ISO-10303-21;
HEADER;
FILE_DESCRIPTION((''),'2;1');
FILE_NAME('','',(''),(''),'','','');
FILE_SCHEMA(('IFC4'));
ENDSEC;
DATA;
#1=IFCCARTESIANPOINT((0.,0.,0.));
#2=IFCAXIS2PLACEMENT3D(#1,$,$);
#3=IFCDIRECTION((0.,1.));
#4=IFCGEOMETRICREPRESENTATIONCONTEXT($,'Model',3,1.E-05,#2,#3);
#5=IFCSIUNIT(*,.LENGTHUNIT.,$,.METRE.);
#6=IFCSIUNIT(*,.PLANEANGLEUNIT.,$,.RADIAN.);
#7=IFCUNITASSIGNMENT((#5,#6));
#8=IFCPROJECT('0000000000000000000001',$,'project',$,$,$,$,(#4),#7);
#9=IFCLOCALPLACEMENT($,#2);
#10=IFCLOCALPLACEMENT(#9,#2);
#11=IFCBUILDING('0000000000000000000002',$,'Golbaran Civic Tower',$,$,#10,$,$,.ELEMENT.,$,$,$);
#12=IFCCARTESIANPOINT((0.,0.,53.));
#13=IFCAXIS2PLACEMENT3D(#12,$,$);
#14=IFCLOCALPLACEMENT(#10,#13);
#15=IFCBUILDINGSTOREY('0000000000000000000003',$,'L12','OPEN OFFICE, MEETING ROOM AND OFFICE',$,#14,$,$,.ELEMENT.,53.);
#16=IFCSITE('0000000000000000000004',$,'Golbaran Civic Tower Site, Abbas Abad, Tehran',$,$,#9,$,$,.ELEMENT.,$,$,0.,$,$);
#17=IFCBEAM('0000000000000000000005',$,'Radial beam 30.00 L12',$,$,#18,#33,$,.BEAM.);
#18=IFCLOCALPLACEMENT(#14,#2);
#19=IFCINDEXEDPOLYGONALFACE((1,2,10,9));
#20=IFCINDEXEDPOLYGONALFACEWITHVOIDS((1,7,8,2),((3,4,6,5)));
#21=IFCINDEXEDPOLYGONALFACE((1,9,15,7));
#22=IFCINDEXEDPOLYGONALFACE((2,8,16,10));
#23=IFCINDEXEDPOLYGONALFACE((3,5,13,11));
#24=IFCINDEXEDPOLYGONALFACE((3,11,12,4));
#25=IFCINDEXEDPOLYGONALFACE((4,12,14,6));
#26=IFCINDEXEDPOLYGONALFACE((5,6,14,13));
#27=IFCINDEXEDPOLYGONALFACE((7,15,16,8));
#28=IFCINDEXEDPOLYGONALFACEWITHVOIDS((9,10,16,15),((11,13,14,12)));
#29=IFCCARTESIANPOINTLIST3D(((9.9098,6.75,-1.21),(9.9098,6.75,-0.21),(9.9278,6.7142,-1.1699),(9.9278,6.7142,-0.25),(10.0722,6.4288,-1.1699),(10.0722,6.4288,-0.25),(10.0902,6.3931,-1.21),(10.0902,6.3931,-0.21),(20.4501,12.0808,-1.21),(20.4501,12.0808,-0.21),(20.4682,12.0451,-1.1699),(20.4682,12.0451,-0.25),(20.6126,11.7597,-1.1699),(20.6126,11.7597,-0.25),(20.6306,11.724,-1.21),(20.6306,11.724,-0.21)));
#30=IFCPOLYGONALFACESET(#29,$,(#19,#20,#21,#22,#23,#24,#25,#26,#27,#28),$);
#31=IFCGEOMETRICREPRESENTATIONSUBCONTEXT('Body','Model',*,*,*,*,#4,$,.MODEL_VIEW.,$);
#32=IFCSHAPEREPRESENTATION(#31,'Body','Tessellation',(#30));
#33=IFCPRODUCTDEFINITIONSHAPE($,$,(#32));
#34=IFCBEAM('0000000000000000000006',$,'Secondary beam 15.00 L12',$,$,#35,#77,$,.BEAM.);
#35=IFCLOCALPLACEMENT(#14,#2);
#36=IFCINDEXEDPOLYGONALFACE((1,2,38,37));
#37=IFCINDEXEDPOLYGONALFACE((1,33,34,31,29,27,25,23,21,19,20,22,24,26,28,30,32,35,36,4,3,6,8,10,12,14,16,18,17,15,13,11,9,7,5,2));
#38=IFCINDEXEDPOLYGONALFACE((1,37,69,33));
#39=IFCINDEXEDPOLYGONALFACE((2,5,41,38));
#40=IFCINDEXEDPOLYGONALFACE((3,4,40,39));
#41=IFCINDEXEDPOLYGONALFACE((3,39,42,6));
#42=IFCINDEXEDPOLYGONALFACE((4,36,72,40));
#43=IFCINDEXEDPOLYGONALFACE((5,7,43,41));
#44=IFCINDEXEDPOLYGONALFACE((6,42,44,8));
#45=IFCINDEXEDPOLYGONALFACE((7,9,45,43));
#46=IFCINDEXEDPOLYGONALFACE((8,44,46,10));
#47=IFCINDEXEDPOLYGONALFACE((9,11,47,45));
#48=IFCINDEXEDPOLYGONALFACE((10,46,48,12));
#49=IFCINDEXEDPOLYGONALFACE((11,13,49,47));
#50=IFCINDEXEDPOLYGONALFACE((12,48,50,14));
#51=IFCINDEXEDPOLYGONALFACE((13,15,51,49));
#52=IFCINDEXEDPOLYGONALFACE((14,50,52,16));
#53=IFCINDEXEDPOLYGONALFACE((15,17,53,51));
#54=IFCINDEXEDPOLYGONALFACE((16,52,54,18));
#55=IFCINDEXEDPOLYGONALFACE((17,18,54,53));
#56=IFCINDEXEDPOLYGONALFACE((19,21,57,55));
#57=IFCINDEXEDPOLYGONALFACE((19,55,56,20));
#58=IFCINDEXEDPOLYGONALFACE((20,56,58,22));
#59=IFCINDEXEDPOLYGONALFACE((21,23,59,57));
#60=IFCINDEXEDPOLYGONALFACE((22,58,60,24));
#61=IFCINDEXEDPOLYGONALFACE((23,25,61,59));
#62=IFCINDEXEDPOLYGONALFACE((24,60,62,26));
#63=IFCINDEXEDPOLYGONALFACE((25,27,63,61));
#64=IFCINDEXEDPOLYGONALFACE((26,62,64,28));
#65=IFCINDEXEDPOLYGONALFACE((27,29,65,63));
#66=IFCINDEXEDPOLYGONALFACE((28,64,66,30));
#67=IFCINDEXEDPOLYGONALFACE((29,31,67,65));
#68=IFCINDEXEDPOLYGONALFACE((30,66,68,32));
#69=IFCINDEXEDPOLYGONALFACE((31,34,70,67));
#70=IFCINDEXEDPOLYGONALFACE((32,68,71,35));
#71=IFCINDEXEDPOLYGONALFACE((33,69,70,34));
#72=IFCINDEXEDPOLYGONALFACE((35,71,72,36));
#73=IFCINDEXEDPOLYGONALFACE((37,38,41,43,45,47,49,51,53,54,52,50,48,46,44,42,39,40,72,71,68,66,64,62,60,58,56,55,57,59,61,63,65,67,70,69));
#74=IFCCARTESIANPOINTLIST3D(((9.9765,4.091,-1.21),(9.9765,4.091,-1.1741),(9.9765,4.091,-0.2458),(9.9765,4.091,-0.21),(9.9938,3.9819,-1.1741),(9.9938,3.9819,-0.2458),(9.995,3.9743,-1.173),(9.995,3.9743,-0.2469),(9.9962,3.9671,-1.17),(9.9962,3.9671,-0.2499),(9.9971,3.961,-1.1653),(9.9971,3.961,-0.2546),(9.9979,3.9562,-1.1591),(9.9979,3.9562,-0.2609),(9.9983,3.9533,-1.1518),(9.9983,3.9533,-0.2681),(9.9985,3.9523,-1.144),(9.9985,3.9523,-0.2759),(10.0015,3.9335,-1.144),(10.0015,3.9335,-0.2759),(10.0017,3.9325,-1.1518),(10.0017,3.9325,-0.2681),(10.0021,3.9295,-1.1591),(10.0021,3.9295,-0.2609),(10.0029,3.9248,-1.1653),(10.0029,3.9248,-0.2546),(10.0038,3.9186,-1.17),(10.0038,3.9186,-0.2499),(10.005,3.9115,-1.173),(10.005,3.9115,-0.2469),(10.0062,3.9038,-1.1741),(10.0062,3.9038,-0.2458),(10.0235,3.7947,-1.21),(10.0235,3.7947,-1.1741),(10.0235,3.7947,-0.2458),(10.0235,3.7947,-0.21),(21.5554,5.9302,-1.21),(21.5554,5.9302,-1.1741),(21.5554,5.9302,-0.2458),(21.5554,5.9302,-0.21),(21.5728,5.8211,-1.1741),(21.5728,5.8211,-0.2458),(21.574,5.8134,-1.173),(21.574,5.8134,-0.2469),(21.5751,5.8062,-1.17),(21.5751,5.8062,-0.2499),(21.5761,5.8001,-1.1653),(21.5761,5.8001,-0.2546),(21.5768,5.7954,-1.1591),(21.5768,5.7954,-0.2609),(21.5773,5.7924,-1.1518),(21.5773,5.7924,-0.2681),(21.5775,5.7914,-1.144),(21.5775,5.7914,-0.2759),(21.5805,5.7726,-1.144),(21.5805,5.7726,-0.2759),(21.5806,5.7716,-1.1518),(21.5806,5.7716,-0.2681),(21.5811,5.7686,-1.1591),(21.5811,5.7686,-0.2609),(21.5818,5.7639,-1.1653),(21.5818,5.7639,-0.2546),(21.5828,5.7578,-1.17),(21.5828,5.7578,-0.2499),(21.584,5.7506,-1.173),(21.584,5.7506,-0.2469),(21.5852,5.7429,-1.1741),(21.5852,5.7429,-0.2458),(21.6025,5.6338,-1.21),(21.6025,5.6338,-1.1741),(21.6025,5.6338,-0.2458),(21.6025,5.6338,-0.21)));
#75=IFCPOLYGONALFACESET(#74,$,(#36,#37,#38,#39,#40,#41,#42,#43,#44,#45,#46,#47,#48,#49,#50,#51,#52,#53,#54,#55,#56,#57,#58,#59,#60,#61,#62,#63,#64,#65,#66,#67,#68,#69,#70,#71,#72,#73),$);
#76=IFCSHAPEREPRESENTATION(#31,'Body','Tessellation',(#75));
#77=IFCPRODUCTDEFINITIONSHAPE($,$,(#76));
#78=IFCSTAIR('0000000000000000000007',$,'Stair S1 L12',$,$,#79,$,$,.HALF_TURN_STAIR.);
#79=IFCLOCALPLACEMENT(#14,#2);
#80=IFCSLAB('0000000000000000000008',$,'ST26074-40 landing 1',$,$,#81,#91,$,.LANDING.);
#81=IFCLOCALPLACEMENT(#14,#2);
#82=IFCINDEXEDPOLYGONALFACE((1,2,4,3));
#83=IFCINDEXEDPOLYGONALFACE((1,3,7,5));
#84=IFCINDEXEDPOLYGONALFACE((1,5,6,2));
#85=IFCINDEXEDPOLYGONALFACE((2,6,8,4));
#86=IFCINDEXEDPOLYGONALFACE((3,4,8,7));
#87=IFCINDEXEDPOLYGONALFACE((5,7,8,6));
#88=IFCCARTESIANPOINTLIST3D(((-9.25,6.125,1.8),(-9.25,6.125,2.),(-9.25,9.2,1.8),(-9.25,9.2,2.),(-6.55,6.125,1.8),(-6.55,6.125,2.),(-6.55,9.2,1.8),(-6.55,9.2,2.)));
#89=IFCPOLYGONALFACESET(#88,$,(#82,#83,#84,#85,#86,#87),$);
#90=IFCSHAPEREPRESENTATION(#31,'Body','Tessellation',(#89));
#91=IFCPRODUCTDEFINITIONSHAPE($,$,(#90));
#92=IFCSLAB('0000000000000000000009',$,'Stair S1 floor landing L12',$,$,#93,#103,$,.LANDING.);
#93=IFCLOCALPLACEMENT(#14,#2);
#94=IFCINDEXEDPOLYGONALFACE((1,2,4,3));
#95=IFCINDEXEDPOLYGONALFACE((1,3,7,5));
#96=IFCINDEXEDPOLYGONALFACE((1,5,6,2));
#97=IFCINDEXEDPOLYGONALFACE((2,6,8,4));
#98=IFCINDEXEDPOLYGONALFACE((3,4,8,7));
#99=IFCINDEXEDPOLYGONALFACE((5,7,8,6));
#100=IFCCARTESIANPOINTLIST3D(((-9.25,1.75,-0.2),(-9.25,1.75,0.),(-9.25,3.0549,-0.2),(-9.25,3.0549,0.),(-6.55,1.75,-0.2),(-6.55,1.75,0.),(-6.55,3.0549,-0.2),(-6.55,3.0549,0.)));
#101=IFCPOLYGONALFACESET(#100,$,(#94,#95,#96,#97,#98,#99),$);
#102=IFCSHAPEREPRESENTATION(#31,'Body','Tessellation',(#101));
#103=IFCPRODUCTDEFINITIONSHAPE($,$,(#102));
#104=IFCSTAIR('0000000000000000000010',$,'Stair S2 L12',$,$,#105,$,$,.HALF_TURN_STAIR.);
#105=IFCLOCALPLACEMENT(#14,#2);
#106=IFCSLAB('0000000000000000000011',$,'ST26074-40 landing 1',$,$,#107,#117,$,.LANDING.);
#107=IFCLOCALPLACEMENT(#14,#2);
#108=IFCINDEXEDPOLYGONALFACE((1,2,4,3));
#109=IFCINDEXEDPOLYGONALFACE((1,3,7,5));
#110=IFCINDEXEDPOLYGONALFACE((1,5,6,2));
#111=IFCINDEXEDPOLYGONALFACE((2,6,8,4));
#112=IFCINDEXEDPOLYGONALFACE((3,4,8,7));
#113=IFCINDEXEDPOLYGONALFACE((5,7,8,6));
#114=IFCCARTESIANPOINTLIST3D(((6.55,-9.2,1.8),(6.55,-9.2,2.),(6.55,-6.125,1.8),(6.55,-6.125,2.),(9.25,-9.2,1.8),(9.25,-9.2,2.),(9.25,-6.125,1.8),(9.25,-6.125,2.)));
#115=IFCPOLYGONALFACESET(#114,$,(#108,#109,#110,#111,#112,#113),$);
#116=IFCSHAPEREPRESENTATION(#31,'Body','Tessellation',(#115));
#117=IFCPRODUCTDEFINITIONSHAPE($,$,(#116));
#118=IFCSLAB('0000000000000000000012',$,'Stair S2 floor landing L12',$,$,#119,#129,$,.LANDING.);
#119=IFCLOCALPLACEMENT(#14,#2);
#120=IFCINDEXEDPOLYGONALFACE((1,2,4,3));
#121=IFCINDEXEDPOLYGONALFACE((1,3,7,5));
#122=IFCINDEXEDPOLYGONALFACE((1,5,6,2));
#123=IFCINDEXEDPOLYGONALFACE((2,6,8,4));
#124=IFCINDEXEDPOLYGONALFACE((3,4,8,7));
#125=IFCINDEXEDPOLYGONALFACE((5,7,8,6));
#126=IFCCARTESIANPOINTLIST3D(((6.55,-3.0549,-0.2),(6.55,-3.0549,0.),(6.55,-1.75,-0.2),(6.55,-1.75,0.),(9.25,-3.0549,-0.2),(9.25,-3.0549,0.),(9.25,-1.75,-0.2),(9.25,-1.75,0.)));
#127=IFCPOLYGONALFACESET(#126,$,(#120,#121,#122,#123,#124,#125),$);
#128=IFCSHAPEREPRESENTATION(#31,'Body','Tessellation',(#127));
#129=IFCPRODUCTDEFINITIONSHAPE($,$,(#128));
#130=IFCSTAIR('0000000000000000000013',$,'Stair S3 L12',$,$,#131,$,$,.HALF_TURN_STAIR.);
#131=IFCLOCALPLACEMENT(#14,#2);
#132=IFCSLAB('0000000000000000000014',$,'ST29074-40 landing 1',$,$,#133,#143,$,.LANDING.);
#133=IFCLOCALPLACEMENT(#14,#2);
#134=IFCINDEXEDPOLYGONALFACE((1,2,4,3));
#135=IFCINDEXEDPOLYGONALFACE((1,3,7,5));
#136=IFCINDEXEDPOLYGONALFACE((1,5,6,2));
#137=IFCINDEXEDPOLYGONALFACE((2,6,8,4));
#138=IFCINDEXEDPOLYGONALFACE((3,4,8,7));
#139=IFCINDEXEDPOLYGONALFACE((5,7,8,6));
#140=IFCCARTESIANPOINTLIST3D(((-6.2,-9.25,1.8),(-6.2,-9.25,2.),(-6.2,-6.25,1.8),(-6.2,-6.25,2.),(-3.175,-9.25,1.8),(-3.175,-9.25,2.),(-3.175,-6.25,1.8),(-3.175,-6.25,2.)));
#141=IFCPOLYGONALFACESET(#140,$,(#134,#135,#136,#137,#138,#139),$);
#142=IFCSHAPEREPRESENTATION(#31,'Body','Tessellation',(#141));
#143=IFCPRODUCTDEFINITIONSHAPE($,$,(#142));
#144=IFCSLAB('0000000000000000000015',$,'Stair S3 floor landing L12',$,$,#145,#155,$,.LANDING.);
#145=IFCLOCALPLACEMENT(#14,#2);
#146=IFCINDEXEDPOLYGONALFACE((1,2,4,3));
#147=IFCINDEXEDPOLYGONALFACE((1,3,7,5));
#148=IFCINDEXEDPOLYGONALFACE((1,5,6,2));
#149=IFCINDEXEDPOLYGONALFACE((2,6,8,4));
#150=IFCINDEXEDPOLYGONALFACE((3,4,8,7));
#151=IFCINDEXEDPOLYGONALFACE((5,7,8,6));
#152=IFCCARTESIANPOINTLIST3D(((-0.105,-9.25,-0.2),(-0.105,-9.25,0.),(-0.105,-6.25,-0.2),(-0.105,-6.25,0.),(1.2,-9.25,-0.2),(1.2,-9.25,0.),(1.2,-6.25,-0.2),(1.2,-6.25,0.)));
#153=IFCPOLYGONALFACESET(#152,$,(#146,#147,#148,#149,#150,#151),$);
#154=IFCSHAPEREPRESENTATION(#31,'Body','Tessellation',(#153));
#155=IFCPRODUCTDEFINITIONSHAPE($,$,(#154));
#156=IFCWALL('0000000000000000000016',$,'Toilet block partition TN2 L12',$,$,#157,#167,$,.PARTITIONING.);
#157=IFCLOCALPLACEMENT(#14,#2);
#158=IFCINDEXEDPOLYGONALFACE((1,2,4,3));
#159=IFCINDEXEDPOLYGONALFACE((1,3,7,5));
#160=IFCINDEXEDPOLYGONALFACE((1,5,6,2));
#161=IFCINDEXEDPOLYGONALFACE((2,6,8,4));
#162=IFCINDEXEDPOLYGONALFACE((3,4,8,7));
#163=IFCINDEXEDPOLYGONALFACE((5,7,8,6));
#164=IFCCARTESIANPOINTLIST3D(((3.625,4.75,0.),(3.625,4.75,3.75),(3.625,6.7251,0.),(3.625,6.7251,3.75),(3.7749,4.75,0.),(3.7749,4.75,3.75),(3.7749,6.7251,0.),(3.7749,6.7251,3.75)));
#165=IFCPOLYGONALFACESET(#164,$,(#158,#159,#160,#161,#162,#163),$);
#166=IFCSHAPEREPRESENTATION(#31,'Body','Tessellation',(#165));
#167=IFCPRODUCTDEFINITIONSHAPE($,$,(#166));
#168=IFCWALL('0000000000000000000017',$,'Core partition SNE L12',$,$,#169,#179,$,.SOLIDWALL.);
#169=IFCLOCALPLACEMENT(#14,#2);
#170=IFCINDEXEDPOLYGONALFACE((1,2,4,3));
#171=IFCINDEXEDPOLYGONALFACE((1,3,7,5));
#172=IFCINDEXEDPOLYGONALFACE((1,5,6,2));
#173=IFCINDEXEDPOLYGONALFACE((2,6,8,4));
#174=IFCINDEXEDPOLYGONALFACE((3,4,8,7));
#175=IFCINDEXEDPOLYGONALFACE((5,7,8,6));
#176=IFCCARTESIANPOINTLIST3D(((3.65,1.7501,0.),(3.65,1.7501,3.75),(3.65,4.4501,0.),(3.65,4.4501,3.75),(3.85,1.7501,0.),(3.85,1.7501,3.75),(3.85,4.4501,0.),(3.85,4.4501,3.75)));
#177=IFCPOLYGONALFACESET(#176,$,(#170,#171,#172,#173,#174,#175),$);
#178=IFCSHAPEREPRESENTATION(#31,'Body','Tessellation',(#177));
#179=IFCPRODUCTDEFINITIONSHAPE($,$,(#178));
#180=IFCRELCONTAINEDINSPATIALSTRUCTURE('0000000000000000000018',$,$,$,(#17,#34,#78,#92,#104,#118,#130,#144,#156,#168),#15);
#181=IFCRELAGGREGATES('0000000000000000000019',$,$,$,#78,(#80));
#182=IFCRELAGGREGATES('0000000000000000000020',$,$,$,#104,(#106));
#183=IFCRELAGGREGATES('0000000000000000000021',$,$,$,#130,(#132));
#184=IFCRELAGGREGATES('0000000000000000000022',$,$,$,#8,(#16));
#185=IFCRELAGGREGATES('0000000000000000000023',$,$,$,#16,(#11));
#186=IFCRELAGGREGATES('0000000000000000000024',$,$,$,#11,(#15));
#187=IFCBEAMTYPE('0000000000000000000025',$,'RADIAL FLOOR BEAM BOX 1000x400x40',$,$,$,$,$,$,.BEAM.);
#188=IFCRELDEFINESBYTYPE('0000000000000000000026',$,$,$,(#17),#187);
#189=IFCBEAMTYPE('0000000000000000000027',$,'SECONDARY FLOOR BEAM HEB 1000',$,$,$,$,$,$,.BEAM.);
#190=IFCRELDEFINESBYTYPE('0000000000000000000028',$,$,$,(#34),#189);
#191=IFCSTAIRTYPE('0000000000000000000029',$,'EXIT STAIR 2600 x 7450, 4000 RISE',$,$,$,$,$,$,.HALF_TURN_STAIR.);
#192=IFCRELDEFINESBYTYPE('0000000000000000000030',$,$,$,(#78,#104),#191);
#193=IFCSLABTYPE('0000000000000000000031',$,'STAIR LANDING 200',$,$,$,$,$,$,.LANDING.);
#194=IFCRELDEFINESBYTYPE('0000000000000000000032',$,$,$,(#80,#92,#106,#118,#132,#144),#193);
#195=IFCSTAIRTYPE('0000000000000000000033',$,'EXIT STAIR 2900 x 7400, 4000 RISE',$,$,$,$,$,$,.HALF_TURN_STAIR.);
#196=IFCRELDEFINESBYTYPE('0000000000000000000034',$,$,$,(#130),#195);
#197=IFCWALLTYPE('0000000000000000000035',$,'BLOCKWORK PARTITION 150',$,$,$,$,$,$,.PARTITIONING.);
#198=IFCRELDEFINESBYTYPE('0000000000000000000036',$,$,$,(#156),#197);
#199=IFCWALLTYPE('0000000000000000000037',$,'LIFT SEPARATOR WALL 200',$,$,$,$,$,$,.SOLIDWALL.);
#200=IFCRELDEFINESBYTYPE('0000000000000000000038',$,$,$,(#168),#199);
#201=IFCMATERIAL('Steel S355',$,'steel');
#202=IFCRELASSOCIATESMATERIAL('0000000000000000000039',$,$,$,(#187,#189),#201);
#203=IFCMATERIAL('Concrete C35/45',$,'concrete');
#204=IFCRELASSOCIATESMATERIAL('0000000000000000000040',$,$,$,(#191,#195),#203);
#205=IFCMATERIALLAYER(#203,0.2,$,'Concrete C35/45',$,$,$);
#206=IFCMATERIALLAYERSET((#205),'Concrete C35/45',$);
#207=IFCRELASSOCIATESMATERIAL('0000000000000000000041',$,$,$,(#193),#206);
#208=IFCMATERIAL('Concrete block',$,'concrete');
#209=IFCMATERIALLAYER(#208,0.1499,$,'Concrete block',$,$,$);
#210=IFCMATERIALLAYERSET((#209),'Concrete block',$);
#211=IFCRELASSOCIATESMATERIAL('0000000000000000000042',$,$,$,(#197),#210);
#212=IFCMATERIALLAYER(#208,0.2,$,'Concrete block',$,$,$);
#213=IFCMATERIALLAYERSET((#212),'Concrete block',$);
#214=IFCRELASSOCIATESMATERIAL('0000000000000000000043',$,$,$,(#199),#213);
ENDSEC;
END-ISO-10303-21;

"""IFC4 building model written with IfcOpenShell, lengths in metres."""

from ifc_helpers import new_model, si_unit, direction, frame, frame_2d, origin, origin_2d, place, context, subcontext, project, spatial, polyline, rectangle, hollow_rectangle, i_section, outline, extrude, material, layer, layer_set, material_profile, profile_set, type_object, element, aggregate, save


model = new_model("IFC4")

# Units and contexts
model_context = context("Model", 3, precision=1e-05, world=origin(), true_north=direction((0.0, 1.0)))
body_context = subcontext(model_context, "Body", "Model", "MODEL_VIEW")
ifc_project = project(units=[si_unit("LENGTHUNIT", "METRE"), si_unit("PLANEANGLEUNIT", "RADIAN")], contexts=[model_context])

# Site, building, storey
site_placement = place(None, origin())
site = spatial("IfcSite", under=ifc_project, at=site_placement, Name="Golbaran Civic Tower Site, Abbas Abad, Tehran", CompositionType="ELEMENT", RefElevation=0.0)
building_placement = place(site_placement, origin())
building = spatial("IfcBuilding", under=site, at=building_placement, Name="Golbaran Civic Tower", CompositionType="ELEMENT")
storey_placement = place(building_placement, frame((0.0, 0.0, 53.0)))
storey = spatial("IfcBuildingStorey", under=building, at=storey_placement, Name="L12", Description="OPEN OFFICE, MEETING ROOM AND OFFICE", CompositionType="ELEMENT", Elevation=53.0)

# Beams
ifc_material_1 = material(Name="Steel S355", Category="steel")
ifc_material_profile_1 = material_profile(ifc_material_1, hollow_rectangle(XDim=0.3999, YDim=1.0, WallThickness=0.04, at=origin_2d()), Name="BOX 1000x400x40")
ifc_profile_set_1 = profile_set([ifc_material_profile_1], Name="Steel S355")
beam_type_1 = type_object("IfcBeamType", Name="RADIAL FLOOR BEAM BOX 1000x400x40", PredefinedType="BEAM", material=ifc_profile_set_1)
beam_1_placement = place(storey_placement, frame((10.0, 6.5715, -0.71), z_axis=(0.892363, 0.451318, 0.0), x_axis=(-0.451318, 0.892363, 0.0)))
element("IfcBeam", 1, at=beam_1_placement, inside=storey, type_object=beam_type_1, Name="Radial beam 30.00 L12", PredefinedType="BEAM", context=body_context, shape_type="SweptSolid", body=[
    extrude(hollow_rectangle(XDim=0.3999, YDim=1.0, WallThickness=0.04, at=origin_2d()), origin(), (0.0, 0.0, 1.0), 11.8118),
])
ifc_material_profile_2 = material_profile(ifc_material_1, i_section(OverallWidth=0.3, OverallDepth=1.0, WebThickness=0.019, FlangeThickness=0.0359, FilletRadius=0.03, at=origin_2d()), Name="HEB 1000")
ifc_profile_set_2 = profile_set([ifc_material_profile_2], Name="Steel S355")
beam_type_2 = type_object("IfcBeamType", Name="SECONDARY FLOOR BEAM HEB 1000", PredefinedType="BEAM", material=ifc_profile_set_2)
beam_2_placement = place(storey_placement, frame((10.0, 3.9429, -0.71), z_axis=(0.98762, 0.156867, 0.0), x_axis=(-0.156867, 0.98762, 0.0)))
element("IfcBeam", 2, at=beam_2_placement, inside=storey, type_object=beam_type_2, Name="Secondary beam 15.00 L12", PredefinedType="BEAM", context=body_context, shape_type="SweptSolid", body=[
    extrude(i_section(OverallWidth=0.3, OverallDepth=1.0, WebThickness=0.019, FlangeThickness=0.0359, FilletRadius=0.03, at=origin_2d()), origin(), (0.0, 0.0, 1.0), 11.7241),
])

# Stair, slab
ifc_material_2 = material(Name="Concrete C35/45", Category="concrete")
stair_type_1 = type_object("IfcStairType", Name="EXIT STAIR 2600 x 7450, 4000 RISE", PredefinedType="HALF_TURN_STAIR", material=ifc_material_2)
stair_1_placement = place(storey_placement, origin())
stair_1 = element("IfcStair", 3, at=stair_1_placement, inside=storey, type_object=stair_type_1, Name="Stair S1 L12", PredefinedType="HALF_TURN_STAIR")
ifc_layer_1 = layer(ifc_material_2, 0.2, Name="Concrete C35/45")
ifc_layer_set_1 = layer_set([ifc_layer_1], Name="Concrete C35/45")
slab_type = type_object("IfcSlabType", Name="STAIR LANDING 200", PredefinedType="LANDING", material=ifc_layer_set_1)
slab_1_placement = place(storey_placement, frame((0.0, 0.0, 1.8)))
slab_1 = element("IfcSlab", 4, at=slab_1_placement, type_object=slab_type, Name="ST26074-40 landing 1", PredefinedType="LANDING", context=body_context, shape_type="SweptSolid", body=[
    extrude(outline(polyline([(-9.25, 6.125), (-9.25, 9.2), (-6.55, 9.2), (-6.55, 6.125), (-9.25, 6.125)])), origin(), (0.0, 0.0, 1.0), 0.2),
])
aggregate(stair_1, [slab_1])

# Slab
slab_2_placement = place(storey_placement, frame((0.0, 0.0, -0.2)))
element("IfcSlab", 5, at=slab_2_placement, inside=storey, type_object=slab_type, Name="Stair S1 floor landing L12", PredefinedType="LANDING", context=body_context, shape_type="SweptSolid", body=[
    extrude(outline(polyline([(-9.25, 1.75), (-9.25, 3.0549), (-6.55, 3.0549), (-6.55, 1.75), (-9.25, 1.75)])), origin(), (0.0, 0.0, 1.0), 0.2),
])

# Stair, slab
stair_2_placement = place(storey_placement, origin())
stair_2 = element("IfcStair", 6, at=stair_2_placement, inside=storey, type_object=stair_type_1, Name="Stair S2 L12", PredefinedType="HALF_TURN_STAIR")
slab_3_placement = place(storey_placement, frame((0.0, 0.0, 1.8)))
slab_3 = element("IfcSlab", 7, at=slab_3_placement, type_object=slab_type, Name="ST26074-40 landing 1", PredefinedType="LANDING", context=body_context, shape_type="SweptSolid", body=[
    extrude(outline(polyline([(9.25, -6.125), (9.25, -9.2), (6.55, -9.2), (6.55, -6.125), (9.25, -6.125)])), origin(), (0.0, 0.0, 1.0), 0.2),
])
aggregate(stair_2, [slab_3])

# Slab
slab_4_placement = place(storey_placement, frame((0.0, 0.0, -0.2)))
element("IfcSlab", 8, at=slab_4_placement, inside=storey, type_object=slab_type, Name="Stair S2 floor landing L12", PredefinedType="LANDING", context=body_context, shape_type="SweptSolid", body=[
    extrude(outline(polyline([(9.25, -1.75), (9.25, -3.0549), (6.55, -3.0549), (6.55, -1.75), (9.25, -1.75)])), origin(), (0.0, 0.0, 1.0), 0.2),
])

# Stair, slab
stair_type_2 = type_object("IfcStairType", Name="EXIT STAIR 2900 x 7400, 4000 RISE", PredefinedType="HALF_TURN_STAIR", material=ifc_material_2)
stair_3_placement = place(storey_placement, origin())
stair_3 = element("IfcStair", 9, at=stair_3_placement, inside=storey, type_object=stair_type_2, Name="Stair S3 L12", PredefinedType="HALF_TURN_STAIR")
slab_5_placement = place(storey_placement, frame((0.0, 0.0, 1.8)))
slab_5 = element("IfcSlab", 10, at=slab_5_placement, type_object=slab_type, Name="ST29074-40 landing 1", PredefinedType="LANDING", context=body_context, shape_type="SweptSolid", body=[
    extrude(outline(polyline([(-3.175, -9.25), (-6.2, -9.25), (-6.2, -6.25), (-3.175, -6.25), (-3.175, -9.25)])), origin(), (0.0, 0.0, 1.0), 0.2),
])
aggregate(stair_3, [slab_5])

# Slab
slab_6_placement = place(storey_placement, frame((0.0, 0.0, -0.2)))
element("IfcSlab", 11, at=slab_6_placement, inside=storey, type_object=slab_type, Name="Stair S3 floor landing L12", PredefinedType="LANDING", context=body_context, shape_type="SweptSolid", body=[
    extrude(outline(polyline([(1.2, -9.25), (-0.105, -9.25), (-0.105, -6.25), (1.2, -6.25), (1.2, -9.25)])), origin(), (0.0, 0.0, 1.0), 0.2),
])

# Walls
ifc_material_3 = material(Name="Concrete block", Category="concrete")
ifc_layer_2 = layer(ifc_material_3, 0.1499, Name="Concrete block")
ifc_layer_set_2 = layer_set([ifc_layer_2], Name="Concrete block")
wall_type_1 = type_object("IfcWallType", Name="BLOCKWORK PARTITION 150", PredefinedType="PARTITIONING", material=ifc_layer_set_2)
wall_1_placement = place(storey_placement, frame((3.7, 4.75, 0.0), z_axis=(0.0, 0.0, 1.0), x_axis=(0.0, 1.0, 0.0)))
element("IfcWall", 12, at=wall_1_placement, inside=storey, type_object=wall_type_1, Name="Toilet block partition TN2 L12", PredefinedType="PARTITIONING", context=body_context, shape_type="SweptSolid", body=[
    extrude(rectangle(XDim=1.9751, YDim=0.1499, at=frame_2d((0.9875, 0.0))), origin(), (0.0, 0.0, 1.0), 3.75),
])
ifc_layer_3 = layer(ifc_material_3, 0.2, Name="Concrete block")
ifc_layer_set_3 = layer_set([ifc_layer_3], Name="Concrete block")
wall_type_2 = type_object("IfcWallType", Name="LIFT SEPARATOR WALL 200", PredefinedType="SOLIDWALL", material=ifc_layer_set_3)
wall_2_placement = place(storey_placement, frame((3.75, 1.75, 0.0), z_axis=(0.0, 0.0, 1.0), x_axis=(0.0, 1.0, 0.0)))
element("IfcWall", 13, at=wall_2_placement, inside=storey, type_object=wall_type_2, Name="Core partition SNE L12", PredefinedType="SOLIDWALL", context=body_context, shape_type="SweptSolid", body=[
    extrude(rectangle(XDim=2.7, YDim=0.2, at=frame_2d((1.3501, 0.0))), origin(), (0.0, 0.0, 1.0), 3.75),
])

save(model, "model.ifc")
